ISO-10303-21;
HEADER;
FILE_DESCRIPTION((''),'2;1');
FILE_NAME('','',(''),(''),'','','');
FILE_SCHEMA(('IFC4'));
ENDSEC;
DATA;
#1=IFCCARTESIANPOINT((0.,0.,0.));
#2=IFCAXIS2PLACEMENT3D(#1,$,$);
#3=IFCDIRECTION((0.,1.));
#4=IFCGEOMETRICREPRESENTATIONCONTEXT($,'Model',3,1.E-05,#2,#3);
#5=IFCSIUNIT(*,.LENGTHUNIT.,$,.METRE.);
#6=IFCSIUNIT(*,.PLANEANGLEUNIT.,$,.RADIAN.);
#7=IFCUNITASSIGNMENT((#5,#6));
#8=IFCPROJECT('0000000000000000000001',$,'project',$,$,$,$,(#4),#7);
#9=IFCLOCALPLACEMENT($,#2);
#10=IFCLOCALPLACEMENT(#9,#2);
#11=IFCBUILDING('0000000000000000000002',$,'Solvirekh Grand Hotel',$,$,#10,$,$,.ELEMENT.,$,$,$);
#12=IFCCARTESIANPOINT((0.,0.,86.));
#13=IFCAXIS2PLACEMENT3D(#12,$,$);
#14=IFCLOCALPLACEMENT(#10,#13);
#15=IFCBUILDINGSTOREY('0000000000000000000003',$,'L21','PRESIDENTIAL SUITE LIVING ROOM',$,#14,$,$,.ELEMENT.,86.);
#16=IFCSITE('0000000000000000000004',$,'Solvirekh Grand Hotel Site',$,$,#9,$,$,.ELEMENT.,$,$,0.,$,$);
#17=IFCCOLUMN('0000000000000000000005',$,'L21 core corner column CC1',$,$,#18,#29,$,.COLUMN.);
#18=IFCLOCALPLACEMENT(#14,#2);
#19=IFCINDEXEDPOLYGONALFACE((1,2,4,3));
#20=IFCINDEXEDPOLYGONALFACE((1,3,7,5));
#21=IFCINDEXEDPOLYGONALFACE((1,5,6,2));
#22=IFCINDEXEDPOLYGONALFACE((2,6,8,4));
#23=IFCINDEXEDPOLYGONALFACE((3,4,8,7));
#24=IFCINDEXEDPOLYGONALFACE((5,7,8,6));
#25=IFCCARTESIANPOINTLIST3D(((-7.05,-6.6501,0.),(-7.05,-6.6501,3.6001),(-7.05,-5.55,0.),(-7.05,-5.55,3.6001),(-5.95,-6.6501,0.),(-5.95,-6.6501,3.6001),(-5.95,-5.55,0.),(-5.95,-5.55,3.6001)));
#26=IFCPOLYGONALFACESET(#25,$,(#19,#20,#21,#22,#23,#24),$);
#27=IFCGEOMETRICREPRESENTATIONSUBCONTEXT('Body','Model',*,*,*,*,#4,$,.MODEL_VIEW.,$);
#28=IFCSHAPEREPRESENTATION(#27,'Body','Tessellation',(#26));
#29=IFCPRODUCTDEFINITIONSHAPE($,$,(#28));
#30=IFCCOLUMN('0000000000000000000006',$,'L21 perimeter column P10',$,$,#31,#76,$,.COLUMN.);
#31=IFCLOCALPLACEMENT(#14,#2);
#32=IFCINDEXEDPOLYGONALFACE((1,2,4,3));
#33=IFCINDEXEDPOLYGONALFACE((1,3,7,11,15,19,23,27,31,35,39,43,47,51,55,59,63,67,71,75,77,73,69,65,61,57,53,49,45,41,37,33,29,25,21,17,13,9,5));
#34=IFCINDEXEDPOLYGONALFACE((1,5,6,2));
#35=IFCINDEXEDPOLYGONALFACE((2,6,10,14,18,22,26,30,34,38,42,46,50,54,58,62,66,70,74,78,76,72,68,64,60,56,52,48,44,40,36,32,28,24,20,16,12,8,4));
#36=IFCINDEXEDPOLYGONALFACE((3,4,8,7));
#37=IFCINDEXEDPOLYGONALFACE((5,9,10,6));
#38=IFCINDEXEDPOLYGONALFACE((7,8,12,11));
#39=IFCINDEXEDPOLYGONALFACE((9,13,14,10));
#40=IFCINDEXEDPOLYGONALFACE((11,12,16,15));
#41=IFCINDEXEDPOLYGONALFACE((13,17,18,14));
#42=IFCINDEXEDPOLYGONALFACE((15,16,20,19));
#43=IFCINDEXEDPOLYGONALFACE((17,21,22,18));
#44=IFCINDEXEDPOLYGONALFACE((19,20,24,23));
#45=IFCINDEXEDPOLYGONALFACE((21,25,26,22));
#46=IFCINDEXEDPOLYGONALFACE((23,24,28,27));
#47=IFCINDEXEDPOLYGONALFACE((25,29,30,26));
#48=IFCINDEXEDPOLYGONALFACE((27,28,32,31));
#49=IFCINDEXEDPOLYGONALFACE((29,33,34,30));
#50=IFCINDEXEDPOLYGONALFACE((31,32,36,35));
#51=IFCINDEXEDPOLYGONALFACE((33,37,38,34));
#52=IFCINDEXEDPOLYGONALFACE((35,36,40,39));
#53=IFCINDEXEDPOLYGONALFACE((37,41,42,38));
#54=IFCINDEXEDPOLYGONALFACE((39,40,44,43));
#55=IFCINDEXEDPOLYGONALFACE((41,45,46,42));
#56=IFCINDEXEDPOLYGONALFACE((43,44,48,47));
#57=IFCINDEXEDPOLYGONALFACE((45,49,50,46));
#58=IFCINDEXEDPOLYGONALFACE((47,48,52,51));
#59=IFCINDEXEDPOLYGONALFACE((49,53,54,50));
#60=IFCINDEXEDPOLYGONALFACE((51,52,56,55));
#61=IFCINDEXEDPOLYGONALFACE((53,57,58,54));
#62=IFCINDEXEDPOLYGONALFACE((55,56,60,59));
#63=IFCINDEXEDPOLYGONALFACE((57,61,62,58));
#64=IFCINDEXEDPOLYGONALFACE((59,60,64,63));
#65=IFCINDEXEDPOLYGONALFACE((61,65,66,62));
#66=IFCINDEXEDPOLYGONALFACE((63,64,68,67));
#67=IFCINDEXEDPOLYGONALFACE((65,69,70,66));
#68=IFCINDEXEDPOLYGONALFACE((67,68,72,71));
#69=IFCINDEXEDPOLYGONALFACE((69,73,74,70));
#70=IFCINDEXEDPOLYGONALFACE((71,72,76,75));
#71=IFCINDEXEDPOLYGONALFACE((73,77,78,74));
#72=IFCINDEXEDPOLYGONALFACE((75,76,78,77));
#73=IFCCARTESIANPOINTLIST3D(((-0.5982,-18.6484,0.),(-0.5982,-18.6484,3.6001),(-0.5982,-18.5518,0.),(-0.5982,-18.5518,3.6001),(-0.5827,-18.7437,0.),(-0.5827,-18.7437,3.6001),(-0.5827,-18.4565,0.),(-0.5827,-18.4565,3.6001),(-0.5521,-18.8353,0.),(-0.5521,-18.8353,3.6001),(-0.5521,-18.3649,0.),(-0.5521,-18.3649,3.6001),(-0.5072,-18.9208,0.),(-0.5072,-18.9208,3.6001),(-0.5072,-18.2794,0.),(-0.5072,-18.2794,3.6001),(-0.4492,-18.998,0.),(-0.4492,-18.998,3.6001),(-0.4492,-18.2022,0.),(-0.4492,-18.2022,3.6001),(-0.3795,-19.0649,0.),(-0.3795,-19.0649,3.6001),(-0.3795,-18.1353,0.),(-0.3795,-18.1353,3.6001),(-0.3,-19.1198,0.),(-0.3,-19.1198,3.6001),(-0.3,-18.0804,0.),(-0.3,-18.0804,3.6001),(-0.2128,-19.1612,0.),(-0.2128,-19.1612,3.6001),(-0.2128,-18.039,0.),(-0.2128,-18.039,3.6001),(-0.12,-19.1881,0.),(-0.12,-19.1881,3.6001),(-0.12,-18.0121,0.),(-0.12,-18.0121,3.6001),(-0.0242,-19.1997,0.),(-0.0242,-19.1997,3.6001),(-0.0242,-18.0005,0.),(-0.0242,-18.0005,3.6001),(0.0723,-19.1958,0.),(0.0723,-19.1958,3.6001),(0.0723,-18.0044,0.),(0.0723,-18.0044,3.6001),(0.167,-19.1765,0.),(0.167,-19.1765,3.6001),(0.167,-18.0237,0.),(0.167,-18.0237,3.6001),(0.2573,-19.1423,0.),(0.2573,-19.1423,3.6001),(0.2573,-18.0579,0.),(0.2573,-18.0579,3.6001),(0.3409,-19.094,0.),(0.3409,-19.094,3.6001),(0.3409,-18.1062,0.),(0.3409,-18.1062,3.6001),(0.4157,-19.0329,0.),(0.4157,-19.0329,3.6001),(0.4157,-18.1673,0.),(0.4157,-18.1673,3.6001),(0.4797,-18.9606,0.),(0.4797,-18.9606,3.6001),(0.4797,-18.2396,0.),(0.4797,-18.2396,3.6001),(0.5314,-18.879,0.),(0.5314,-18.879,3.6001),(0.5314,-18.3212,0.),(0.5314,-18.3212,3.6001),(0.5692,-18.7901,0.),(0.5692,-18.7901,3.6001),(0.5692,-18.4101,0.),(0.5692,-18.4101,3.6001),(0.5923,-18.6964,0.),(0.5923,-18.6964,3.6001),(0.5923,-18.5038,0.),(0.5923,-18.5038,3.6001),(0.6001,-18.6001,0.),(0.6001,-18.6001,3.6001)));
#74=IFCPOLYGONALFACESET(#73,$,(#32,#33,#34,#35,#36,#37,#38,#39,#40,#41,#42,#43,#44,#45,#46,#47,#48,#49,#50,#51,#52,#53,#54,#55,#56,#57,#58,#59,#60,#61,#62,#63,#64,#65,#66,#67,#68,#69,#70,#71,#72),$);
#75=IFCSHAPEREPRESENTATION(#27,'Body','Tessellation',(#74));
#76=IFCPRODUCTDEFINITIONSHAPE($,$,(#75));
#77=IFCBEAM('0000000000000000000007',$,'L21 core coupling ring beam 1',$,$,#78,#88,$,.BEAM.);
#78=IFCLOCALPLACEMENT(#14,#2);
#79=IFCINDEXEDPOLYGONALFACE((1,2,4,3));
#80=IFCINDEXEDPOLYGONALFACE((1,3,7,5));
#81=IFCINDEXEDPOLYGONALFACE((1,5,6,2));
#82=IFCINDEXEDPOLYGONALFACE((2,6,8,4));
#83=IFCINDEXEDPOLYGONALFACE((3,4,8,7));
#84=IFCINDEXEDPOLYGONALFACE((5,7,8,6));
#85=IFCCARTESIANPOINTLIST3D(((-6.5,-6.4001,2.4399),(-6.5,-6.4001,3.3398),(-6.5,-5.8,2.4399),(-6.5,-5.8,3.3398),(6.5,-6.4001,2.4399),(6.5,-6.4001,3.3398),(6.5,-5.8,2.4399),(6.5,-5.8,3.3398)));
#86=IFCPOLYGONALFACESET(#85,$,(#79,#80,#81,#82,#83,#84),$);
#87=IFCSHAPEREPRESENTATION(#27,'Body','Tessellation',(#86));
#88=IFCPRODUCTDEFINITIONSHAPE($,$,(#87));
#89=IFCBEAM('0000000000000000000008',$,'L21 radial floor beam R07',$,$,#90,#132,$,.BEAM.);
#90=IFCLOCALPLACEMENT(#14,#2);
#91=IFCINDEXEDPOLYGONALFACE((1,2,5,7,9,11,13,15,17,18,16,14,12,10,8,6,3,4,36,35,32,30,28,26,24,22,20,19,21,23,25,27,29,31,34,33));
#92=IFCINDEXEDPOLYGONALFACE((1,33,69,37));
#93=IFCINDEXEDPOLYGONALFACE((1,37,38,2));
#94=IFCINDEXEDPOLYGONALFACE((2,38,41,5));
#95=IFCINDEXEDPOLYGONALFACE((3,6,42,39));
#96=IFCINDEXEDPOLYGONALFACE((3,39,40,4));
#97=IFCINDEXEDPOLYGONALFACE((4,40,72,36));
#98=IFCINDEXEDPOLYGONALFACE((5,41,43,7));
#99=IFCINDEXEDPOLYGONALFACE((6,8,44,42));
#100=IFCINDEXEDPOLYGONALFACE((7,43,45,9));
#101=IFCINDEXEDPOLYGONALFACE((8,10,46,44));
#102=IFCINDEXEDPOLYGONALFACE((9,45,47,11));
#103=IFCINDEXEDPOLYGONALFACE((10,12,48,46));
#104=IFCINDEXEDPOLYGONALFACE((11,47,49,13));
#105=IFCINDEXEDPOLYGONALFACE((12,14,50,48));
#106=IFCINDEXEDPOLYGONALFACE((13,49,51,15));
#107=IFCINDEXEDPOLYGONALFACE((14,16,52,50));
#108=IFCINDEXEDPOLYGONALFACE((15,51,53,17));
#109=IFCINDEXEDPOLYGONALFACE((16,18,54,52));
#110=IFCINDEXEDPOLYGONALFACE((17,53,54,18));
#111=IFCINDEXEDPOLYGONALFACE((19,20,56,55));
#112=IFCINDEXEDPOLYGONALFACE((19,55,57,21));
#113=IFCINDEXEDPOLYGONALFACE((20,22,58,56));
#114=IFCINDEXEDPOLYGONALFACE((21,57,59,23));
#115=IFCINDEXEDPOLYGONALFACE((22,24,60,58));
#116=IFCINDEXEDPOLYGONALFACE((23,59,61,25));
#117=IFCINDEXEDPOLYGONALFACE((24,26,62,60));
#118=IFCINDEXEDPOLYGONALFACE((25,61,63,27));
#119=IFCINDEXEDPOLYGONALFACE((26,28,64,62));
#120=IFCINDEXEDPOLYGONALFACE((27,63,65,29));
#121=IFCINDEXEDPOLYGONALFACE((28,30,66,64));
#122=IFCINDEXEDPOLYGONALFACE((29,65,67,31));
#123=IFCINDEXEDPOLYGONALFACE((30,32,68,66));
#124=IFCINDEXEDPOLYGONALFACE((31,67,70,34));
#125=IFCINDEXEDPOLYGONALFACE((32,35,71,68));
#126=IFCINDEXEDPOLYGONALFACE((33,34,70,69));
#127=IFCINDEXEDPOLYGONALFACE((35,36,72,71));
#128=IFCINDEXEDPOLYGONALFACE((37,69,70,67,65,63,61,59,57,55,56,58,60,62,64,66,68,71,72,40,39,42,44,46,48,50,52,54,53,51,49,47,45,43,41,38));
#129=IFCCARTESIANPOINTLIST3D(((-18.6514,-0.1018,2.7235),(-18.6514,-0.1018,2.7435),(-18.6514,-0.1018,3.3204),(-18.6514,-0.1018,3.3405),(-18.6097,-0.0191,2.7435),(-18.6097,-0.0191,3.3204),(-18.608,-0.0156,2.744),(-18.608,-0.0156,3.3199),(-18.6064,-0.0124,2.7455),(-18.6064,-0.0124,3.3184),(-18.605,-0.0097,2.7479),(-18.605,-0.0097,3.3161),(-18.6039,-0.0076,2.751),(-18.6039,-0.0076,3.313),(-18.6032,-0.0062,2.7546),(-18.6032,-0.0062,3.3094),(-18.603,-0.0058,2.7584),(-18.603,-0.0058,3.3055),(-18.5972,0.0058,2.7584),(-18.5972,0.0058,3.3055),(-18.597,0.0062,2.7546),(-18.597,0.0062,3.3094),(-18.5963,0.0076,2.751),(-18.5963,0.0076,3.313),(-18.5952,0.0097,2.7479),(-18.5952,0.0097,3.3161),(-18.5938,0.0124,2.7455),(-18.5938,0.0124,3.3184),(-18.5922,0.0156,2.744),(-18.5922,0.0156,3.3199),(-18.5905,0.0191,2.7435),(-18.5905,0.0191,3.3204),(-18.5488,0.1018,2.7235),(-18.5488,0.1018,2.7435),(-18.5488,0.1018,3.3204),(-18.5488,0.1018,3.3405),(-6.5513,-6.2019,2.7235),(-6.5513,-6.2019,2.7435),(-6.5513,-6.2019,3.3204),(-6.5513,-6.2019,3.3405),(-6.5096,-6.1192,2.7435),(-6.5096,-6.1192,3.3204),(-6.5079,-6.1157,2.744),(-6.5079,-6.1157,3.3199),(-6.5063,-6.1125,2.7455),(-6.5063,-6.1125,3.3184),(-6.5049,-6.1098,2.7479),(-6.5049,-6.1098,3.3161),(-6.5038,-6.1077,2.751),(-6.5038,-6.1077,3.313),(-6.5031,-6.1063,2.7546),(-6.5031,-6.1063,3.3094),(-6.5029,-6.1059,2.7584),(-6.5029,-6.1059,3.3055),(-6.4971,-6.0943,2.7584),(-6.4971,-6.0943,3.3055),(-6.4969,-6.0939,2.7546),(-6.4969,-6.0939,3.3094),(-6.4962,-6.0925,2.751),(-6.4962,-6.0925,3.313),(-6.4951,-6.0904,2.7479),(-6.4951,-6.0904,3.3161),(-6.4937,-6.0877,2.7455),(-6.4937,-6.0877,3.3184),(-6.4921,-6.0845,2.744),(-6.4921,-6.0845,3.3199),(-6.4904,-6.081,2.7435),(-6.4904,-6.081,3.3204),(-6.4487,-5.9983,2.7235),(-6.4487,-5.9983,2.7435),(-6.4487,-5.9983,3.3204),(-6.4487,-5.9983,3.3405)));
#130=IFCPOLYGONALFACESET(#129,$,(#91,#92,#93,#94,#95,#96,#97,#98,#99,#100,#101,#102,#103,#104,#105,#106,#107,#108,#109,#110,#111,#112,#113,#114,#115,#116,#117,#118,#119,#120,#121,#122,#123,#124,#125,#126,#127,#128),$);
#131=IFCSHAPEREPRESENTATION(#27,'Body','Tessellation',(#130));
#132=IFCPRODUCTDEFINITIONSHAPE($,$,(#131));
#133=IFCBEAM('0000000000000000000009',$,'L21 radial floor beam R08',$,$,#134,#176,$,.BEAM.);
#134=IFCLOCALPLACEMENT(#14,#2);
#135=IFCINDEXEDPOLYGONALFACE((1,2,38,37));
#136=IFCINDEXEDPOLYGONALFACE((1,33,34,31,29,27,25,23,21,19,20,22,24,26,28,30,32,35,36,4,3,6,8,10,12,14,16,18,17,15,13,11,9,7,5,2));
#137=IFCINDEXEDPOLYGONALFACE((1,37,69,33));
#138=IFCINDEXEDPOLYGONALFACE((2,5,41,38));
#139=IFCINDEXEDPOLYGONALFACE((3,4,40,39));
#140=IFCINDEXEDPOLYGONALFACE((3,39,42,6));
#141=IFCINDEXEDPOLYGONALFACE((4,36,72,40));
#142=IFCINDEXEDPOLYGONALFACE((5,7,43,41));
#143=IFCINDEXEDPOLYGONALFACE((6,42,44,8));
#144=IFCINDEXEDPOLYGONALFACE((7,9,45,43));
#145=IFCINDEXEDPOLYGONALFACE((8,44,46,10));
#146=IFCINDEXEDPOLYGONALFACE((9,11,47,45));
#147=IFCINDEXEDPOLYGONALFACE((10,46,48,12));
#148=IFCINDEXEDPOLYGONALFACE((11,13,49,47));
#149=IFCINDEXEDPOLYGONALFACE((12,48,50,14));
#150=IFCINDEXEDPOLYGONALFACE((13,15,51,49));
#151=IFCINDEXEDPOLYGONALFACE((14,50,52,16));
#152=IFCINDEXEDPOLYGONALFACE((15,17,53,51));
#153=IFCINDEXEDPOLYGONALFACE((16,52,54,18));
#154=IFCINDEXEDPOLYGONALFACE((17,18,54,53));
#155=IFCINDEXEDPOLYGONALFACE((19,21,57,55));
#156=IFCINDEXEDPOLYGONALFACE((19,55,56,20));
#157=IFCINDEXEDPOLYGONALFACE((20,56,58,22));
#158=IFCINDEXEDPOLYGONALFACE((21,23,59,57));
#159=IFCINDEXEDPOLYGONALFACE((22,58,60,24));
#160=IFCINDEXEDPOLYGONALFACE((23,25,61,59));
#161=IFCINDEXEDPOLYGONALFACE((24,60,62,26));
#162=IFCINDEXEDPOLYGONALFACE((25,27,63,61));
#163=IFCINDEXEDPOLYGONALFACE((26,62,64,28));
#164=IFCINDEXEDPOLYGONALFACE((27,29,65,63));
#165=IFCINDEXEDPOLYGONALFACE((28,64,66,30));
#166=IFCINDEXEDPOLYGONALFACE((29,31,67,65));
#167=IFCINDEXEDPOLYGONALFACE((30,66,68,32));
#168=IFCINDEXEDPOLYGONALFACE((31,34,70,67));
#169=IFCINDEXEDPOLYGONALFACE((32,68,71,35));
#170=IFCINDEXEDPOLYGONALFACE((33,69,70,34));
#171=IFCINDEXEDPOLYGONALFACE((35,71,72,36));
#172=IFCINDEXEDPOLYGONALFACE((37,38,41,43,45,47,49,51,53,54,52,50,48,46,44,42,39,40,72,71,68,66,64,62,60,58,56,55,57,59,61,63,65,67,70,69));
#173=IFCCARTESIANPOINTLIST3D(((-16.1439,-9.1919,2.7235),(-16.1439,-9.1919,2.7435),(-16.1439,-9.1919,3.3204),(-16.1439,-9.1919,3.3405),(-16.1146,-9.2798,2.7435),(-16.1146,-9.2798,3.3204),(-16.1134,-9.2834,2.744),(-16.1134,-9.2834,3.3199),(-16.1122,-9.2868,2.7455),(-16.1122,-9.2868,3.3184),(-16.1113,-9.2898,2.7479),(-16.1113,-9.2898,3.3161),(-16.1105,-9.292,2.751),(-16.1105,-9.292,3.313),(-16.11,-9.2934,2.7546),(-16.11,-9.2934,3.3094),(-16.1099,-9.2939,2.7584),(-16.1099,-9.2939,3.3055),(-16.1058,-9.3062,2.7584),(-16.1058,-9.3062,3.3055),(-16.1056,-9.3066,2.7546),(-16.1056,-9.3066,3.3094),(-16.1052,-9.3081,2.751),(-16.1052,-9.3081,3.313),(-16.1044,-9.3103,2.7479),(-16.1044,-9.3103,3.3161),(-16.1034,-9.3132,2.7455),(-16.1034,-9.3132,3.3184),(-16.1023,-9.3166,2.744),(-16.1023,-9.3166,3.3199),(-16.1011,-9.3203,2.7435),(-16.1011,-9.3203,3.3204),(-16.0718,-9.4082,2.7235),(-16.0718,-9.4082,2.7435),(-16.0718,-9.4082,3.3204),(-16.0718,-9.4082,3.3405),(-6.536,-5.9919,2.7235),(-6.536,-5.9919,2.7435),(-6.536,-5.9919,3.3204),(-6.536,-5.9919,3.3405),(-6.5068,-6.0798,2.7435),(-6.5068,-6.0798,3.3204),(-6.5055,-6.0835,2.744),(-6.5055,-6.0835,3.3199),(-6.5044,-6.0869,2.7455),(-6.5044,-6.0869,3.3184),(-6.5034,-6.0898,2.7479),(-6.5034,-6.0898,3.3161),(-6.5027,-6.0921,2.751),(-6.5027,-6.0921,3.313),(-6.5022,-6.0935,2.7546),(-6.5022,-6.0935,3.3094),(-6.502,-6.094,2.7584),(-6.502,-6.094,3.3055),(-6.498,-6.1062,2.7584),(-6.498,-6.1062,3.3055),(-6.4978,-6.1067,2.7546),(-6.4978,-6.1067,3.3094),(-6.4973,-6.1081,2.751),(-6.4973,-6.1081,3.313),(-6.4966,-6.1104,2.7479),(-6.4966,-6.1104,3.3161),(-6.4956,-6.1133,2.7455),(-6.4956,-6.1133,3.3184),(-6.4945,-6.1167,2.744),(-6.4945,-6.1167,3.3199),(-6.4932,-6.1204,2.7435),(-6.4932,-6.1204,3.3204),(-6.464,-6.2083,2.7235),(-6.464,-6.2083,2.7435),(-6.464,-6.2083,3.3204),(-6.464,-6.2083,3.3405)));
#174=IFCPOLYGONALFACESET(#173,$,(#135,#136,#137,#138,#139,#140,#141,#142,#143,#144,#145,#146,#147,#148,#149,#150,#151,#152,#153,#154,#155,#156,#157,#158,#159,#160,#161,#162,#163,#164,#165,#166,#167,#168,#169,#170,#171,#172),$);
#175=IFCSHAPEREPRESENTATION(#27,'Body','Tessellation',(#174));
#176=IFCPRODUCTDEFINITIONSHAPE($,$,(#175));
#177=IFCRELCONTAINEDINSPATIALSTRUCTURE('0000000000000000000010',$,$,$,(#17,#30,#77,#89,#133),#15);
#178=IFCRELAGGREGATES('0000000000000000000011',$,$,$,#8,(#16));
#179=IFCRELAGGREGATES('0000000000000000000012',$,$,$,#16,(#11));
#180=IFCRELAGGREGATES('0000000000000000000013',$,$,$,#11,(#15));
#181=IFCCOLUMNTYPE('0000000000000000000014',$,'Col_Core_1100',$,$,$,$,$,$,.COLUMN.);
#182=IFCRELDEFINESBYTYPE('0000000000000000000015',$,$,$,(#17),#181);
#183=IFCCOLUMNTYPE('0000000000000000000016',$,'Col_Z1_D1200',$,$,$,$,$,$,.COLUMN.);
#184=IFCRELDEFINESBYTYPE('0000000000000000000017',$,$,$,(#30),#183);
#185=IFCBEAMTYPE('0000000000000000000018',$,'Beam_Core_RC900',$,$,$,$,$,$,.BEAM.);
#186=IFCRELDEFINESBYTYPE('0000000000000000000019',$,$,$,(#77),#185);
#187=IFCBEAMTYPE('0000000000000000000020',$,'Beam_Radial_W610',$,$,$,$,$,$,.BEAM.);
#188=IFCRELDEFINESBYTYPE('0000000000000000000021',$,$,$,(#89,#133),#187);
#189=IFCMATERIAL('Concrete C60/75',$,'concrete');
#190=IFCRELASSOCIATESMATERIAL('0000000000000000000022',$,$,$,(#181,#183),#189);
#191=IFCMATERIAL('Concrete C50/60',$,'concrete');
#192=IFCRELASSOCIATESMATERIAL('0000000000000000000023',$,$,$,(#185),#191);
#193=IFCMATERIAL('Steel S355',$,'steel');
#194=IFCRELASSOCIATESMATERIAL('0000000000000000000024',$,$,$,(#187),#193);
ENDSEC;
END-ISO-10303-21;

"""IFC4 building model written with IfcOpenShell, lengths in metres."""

from ifc_helpers import new_model, si_unit, direction, frame, origin, origin_2d, place, context, subcontext, project, spatial, rectangle, circle, i_section, extrude, material, material_profile, profile_set, type_object, element, save


model = new_model("IFC4")

# Units and contexts
model_context = context("Model", 3, precision=1e-05, world=origin(), true_north=direction((0.0, 1.0)))
body_context = subcontext(model_context, "Body", "Model", "MODEL_VIEW")
ifc_project = project(units=[si_unit("LENGTHUNIT", "METRE"), si_unit("PLANEANGLEUNIT", "RADIAN")], contexts=[model_context])

# Site, building, storey
site_placement = place(None, origin())
site = spatial("IfcSite", under=ifc_project, at=site_placement, Name="Solvirekh Grand Hotel Site", CompositionType="ELEMENT", RefElevation=0.0)
building_placement = place(site_placement, origin())
building = spatial("IfcBuilding", under=site, at=building_placement, Name="Solvirekh Grand Hotel", CompositionType="ELEMENT")
storey_placement = place(building_placement, frame((0.0, 0.0, 86.0)))
storey = spatial("IfcBuildingStorey", under=building, at=storey_placement, Name="L21", Description="PRESIDENTIAL SUITE LIVING ROOM", CompositionType="ELEMENT", Elevation=86.0)

# Columns
ifc_material_1 = material(Name="Concrete C60/75", Category="concrete")
ifc_material_profile_1 = material_profile(ifc_material_1, rectangle(XDim=1.1001, YDim=1.1001, at=origin_2d()), Name="RC 1100X1100")
ifc_profile_set_1 = profile_set([ifc_material_profile_1], Name="Concrete C60/75")
column_type_1 = type_object("IfcColumnType", Name="Col_Core_1100", PredefinedType="COLUMN", material=ifc_profile_set_1)
column_1_placement = place(storey_placement, frame((-6.5, -6.1001, 0.0), z_axis=(0.0, 0.0, 1.0), x_axis=(1.0, 0.0, 0.0)))
element("IfcColumn", 1, at=column_1_placement, inside=storey, type_object=column_type_1, Name="L21 core corner column CC1", PredefinedType="COLUMN", context=body_context, shape_type="SweptSolid", body=[
    extrude(rectangle(XDim=1.1001, YDim=1.1001, at=origin_2d()), origin(), (0.0, 0.0, 1.0), 3.6001),
])
ifc_material_profile_2 = material_profile(ifc_material_1, circle(Radius=0.6001, at=origin_2d()), Name="RC CIRC D1200")
ifc_profile_set_2 = profile_set([ifc_material_profile_2], Name="Concrete C60/75")
column_type_2 = type_object("IfcColumnType", Name="Col_Z1_D1200", PredefinedType="COLUMN", material=ifc_profile_set_2)
column_2_placement = place(storey_placement, frame((0.0, -18.6001, 0.0), z_axis=(0.0, 0.0, 1.0), x_axis=(1.0, 0.0, 0.0)))
element("IfcColumn", 2, at=column_2_placement, inside=storey, type_object=column_type_2, Name="L21 perimeter column P10", PredefinedType="COLUMN", context=body_context, shape_type="SweptSolid", body=[
    extrude(circle(Radius=0.6001, at=origin_2d()), origin(), (0.0, 0.0, 1.0), 3.6001),
])

# Beams
ifc_material_2 = material(Name="Concrete C50/60", Category="concrete")
ifc_material_profile_3 = material_profile(ifc_material_2, rectangle(XDim=0.6001, YDim=0.8999, at=origin_2d()), Name="RC BEAM 600X900")
ifc_profile_set_3 = profile_set([ifc_material_profile_3], Name="Concrete C50/60")
beam_type_1 = type_object("IfcBeamType", Name="Beam_Core_RC900", PredefinedType="BEAM", material=ifc_profile_set_3)
beam_1_placement = place(storey_placement, frame((-6.5, -6.1001, 2.8899), z_axis=(1.0, 0.0, 0.0), x_axis=(0.0, 1.0, 0.0)))
element("IfcBeam", 3, at=beam_1_placement, inside=storey, type_object=beam_type_1, Name="L21 core coupling ring beam 1", PredefinedType="BEAM", context=body_context, shape_type="SweptSolid", body=[
    extrude(rectangle(XDim=0.6001, YDim=0.8999, at=origin_2d()), origin(), (0.0, 0.0, 1.0), 13.0),
])
ifc_material_3 = material(Name="Steel S355", Category="steel")
ifc_material_profile_4 = material_profile(ifc_material_3, i_section(OverallWidth=0.228, OverallDepth=0.6169, WebThickness=0.0129, FlangeThickness=0.02, FilletRadius=0.0149, at=origin_2d()), Name="W610X140")
ifc_profile_set_4 = profile_set([ifc_material_profile_4], Name="Steel S355")
beam_type_2 = type_object("IfcBeamType", Name="Beam_Radial_W610", PredefinedType="BEAM", material=ifc_profile_set_4)
beam_2_placement = place(storey_placement, frame((-6.5, -6.1001, 3.032), z_axis=(-0.892945, 0.450166, 0.0), x_axis=(-0.450166, -0.892945, 0.0)))
element("IfcBeam", 4, at=beam_2_placement, inside=storey, type_object=beam_type_2, Name="L21 radial floor beam R07", PredefinedType="BEAM", context=body_context, shape_type="SweptSolid", body=[
    extrude(i_section(OverallWidth=0.228, OverallDepth=0.6169, WebThickness=0.0129, FlangeThickness=0.02, FilletRadius=0.0149, at=origin_2d()), origin(), (0.0, 0.0, 1.0), 13.5508),
])
beam_3_placement = place(storey_placement, frame((-6.5, -6.1001, 3.032), z_axis=(-0.948763, -0.315989, 0.0), x_axis=(0.315989, -0.948763, 0.0)))
element("IfcBeam", 5, at=beam_3_placement, inside=storey, type_object=beam_type_2, Name="L21 radial floor beam R08", PredefinedType="BEAM", context=body_context, shape_type="SweptSolid", body=[
    extrude(i_section(OverallWidth=0.228, OverallDepth=0.6169, WebThickness=0.0129, FlangeThickness=0.02, FilletRadius=0.0149, at=origin_2d()), origin(), (0.0, 0.0, 1.0), 10.1267),
])

save(model, "model.ifc")
